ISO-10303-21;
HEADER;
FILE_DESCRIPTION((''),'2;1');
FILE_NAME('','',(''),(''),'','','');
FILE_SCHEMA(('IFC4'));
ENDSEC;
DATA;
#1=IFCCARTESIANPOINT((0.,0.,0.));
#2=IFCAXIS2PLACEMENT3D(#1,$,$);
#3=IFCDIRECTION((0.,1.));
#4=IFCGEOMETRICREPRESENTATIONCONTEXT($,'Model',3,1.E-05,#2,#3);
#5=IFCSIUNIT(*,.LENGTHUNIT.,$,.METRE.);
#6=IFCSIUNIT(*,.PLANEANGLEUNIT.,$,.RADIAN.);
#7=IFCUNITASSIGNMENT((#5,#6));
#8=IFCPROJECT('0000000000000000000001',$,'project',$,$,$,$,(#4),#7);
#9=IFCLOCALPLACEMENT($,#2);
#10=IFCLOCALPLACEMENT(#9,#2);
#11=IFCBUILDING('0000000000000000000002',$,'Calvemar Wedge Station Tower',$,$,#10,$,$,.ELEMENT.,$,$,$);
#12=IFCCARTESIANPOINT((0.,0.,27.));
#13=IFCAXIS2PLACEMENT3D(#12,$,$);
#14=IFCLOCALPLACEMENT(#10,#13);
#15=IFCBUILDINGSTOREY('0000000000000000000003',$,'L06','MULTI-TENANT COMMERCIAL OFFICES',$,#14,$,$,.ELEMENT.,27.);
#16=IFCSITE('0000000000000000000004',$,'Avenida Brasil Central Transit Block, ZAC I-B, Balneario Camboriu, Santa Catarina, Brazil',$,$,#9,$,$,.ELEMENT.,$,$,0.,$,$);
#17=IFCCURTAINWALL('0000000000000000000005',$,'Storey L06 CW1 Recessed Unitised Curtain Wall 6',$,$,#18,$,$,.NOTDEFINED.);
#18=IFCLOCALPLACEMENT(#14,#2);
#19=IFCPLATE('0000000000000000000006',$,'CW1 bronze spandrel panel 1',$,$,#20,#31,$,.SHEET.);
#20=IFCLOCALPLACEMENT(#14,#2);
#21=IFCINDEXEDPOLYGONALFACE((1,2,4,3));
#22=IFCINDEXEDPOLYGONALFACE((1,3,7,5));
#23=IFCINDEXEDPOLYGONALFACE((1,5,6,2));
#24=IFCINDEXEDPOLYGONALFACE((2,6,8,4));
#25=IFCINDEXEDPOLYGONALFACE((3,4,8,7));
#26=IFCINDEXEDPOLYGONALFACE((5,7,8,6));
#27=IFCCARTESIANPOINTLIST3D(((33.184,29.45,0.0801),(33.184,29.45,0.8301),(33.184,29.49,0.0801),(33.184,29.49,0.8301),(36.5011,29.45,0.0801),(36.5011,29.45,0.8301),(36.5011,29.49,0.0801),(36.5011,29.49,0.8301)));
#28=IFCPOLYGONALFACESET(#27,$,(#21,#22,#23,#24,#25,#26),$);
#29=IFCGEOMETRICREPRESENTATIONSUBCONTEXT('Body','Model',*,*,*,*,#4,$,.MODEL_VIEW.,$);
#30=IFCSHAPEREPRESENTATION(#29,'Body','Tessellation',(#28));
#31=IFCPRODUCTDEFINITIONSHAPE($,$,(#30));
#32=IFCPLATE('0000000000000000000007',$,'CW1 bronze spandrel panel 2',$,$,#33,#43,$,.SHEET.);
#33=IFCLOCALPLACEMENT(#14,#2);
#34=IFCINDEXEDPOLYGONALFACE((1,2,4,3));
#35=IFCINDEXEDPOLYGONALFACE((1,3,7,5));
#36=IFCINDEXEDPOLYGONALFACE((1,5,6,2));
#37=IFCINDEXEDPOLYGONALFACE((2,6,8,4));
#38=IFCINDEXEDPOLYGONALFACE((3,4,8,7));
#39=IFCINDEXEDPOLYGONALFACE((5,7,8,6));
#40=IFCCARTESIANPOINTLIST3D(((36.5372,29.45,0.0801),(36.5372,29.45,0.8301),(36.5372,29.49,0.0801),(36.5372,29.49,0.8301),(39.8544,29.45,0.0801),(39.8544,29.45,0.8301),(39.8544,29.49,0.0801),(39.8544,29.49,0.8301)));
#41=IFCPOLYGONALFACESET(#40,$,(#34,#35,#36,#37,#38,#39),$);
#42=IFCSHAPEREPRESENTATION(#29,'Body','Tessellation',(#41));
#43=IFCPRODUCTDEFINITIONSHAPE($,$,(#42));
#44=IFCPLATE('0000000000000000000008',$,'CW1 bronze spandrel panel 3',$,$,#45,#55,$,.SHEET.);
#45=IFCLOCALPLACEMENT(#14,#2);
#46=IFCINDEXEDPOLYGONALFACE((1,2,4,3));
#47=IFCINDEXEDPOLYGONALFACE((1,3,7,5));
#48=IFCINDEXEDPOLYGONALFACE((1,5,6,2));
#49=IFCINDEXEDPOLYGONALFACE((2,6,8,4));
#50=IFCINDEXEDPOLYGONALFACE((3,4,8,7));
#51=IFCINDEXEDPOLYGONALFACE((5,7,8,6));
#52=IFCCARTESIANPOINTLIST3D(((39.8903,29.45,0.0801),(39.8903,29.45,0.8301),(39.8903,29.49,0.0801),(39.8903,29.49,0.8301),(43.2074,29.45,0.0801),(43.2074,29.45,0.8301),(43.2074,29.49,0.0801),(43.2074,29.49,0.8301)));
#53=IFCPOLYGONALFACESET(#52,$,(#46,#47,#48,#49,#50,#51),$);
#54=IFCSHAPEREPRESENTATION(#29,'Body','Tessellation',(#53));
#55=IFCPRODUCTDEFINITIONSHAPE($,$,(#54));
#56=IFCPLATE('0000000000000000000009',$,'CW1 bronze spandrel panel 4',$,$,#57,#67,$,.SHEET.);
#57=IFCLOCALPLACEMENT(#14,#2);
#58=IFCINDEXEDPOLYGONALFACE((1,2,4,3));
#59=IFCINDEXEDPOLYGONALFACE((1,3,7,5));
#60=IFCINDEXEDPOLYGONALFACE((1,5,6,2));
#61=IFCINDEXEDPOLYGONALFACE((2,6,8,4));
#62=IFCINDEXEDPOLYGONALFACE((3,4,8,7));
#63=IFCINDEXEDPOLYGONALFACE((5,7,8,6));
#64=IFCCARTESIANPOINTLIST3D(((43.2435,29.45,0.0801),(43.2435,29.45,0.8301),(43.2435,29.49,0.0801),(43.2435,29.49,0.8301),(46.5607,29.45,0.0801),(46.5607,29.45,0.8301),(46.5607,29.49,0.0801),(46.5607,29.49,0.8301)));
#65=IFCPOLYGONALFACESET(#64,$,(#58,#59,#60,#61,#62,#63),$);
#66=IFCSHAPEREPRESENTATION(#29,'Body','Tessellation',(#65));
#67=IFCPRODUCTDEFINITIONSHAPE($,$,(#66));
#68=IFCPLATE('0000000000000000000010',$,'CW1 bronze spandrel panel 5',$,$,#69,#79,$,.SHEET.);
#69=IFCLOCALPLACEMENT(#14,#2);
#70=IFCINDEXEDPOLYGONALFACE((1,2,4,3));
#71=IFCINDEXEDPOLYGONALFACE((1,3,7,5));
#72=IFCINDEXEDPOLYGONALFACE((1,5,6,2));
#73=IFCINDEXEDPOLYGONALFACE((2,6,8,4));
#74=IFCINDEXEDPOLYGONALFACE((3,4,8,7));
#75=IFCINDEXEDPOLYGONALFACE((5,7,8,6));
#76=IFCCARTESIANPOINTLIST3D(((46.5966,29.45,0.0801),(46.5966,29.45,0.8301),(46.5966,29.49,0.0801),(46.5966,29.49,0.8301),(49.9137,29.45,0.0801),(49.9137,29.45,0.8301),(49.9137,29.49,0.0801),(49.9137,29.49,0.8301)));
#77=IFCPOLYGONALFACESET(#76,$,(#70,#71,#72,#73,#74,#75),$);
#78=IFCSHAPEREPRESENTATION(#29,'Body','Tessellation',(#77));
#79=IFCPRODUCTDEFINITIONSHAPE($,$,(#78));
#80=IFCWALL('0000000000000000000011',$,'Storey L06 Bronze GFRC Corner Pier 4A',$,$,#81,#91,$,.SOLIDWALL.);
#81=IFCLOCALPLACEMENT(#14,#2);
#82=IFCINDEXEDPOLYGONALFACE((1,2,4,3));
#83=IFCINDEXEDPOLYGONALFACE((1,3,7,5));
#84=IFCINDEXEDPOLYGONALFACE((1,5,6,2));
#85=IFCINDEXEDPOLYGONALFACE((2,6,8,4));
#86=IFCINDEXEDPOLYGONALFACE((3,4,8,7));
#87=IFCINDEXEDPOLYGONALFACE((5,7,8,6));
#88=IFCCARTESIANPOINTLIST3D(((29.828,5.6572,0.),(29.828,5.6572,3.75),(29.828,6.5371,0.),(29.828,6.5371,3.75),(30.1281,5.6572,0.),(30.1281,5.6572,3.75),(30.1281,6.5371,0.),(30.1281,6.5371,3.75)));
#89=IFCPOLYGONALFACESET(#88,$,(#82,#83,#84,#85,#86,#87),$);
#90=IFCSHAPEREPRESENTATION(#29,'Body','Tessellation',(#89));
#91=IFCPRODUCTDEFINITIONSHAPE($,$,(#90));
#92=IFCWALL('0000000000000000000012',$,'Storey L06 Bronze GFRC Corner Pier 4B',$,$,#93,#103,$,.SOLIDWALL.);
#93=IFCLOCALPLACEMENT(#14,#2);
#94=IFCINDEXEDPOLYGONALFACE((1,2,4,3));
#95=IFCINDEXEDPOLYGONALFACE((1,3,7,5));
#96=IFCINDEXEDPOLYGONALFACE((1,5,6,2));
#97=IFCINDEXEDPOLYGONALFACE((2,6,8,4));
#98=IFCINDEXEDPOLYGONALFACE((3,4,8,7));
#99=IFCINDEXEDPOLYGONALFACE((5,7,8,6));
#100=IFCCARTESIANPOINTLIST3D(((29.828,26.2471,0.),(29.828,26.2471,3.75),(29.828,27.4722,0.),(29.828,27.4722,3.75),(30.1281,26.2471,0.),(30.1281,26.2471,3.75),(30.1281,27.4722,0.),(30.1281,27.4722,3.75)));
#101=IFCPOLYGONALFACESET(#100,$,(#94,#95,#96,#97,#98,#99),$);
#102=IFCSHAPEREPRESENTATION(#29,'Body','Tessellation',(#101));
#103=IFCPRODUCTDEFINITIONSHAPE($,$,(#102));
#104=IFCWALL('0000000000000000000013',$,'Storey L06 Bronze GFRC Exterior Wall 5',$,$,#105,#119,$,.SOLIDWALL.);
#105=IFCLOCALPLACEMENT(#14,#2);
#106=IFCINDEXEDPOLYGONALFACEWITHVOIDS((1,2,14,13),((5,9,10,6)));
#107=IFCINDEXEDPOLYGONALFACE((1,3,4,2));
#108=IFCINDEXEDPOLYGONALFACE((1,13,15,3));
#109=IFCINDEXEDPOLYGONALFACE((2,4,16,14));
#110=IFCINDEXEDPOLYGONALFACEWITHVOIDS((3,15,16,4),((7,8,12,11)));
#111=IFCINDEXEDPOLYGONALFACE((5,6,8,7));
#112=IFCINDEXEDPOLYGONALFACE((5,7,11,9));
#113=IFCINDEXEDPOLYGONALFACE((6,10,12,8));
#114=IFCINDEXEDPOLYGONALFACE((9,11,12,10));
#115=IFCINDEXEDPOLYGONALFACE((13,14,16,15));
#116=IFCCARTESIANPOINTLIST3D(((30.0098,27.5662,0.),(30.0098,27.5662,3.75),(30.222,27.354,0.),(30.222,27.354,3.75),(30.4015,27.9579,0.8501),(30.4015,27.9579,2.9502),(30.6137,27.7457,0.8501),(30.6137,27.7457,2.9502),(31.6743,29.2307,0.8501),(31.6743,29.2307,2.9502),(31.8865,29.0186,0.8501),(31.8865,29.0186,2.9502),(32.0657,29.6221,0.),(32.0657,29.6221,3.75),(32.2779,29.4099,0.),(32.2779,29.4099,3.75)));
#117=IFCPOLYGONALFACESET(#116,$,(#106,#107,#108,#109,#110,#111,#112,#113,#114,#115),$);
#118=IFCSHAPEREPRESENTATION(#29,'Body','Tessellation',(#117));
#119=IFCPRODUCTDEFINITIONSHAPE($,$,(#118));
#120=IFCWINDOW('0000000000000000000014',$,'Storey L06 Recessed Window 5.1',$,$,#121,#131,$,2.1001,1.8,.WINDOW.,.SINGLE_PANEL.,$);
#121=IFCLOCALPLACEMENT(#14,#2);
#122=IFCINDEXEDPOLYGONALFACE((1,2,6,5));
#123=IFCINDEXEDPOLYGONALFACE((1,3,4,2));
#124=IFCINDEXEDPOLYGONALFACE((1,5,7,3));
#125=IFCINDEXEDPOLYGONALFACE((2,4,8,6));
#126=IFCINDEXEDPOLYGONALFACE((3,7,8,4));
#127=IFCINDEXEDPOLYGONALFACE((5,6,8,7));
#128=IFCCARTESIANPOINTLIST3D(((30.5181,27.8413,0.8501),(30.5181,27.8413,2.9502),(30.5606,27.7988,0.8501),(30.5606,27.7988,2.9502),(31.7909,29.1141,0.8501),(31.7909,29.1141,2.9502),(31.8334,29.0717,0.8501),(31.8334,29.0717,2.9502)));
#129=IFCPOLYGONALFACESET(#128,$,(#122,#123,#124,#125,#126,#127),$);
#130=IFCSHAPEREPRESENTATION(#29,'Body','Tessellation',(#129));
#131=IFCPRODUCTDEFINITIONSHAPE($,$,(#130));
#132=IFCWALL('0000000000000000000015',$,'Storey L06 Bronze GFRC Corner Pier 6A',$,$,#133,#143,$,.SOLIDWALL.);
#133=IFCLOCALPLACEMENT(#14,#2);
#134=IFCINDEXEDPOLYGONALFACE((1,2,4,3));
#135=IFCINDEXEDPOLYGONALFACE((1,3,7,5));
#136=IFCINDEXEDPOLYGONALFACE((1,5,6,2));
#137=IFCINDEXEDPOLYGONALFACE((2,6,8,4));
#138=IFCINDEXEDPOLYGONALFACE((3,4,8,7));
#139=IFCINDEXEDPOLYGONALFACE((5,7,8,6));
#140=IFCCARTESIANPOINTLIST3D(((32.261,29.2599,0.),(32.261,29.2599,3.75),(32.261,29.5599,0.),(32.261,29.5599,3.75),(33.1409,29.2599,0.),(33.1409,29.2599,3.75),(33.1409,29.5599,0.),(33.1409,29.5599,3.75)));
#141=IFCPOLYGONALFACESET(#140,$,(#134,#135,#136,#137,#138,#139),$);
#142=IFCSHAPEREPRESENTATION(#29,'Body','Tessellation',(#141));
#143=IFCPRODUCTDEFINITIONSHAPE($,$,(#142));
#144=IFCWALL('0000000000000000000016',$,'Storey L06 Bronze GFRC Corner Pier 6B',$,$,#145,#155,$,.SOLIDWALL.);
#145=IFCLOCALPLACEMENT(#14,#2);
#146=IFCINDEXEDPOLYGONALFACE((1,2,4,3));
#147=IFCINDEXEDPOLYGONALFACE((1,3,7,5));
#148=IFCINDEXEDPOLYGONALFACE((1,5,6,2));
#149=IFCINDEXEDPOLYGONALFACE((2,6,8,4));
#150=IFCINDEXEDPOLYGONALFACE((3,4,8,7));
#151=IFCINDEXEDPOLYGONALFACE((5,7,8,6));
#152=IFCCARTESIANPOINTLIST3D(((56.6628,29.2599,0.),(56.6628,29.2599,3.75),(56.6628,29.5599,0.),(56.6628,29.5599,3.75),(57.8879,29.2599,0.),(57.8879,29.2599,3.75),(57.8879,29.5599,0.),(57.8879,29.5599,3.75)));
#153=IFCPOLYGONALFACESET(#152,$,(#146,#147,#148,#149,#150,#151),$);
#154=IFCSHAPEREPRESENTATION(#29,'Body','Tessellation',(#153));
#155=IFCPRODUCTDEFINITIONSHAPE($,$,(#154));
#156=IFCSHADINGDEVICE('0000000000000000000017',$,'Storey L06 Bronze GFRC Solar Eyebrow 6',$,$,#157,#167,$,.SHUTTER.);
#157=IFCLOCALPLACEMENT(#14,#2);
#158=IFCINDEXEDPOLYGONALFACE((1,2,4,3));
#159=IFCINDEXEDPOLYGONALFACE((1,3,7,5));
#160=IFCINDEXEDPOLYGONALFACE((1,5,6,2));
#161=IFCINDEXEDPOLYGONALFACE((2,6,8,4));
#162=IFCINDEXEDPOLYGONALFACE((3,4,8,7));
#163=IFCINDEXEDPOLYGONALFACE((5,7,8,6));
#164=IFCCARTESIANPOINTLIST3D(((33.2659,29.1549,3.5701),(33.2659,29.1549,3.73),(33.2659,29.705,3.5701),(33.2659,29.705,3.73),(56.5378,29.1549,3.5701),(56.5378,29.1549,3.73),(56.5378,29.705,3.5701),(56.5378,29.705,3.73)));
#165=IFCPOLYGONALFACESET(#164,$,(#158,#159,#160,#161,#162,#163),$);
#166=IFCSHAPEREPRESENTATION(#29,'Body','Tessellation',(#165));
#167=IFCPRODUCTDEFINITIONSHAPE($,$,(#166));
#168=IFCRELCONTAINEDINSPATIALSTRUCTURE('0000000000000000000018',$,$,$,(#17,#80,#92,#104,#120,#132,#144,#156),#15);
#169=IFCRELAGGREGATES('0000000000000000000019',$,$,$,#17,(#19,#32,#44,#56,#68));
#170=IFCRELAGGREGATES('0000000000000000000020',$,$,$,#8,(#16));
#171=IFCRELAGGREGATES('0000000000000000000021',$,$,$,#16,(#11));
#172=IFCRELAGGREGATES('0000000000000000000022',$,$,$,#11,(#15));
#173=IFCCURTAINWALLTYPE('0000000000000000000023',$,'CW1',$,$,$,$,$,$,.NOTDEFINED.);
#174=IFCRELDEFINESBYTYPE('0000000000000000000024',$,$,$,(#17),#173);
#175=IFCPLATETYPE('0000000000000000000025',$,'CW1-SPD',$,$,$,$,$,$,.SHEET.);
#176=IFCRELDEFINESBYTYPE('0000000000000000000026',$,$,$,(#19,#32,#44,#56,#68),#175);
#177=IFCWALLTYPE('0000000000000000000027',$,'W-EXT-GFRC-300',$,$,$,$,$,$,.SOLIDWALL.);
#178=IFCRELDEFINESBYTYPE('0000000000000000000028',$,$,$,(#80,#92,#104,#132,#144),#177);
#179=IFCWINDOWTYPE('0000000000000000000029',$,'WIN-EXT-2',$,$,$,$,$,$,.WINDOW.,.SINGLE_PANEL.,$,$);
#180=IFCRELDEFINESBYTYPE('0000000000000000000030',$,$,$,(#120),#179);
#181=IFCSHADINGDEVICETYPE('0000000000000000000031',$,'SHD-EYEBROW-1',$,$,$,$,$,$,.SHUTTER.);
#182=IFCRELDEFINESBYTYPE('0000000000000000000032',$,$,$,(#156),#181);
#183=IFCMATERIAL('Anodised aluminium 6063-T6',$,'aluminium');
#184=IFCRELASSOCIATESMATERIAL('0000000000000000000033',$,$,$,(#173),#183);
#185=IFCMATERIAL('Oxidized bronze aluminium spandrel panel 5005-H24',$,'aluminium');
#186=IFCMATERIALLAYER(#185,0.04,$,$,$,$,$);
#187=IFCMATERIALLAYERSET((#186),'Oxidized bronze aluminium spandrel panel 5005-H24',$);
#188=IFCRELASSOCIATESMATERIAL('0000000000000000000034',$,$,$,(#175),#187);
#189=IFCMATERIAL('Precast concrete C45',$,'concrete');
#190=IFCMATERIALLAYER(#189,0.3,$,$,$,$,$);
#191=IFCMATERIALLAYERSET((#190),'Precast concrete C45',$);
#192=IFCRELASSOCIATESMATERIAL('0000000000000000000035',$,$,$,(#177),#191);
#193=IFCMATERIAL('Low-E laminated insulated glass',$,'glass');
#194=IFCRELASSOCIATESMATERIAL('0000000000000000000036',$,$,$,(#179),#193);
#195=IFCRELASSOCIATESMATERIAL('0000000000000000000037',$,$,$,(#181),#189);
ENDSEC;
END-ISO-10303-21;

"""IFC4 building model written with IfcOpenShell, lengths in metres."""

from ifc_helpers import new_model, si_unit, direction, frame, frame_2d, origin, place, context, subcontext, project, spatial, rectangle, extrude, source, transform, mapped, material, layer, layer_set, type_object, element, fill, aggregate, save


model = new_model("IFC4")

# Units and contexts
model_context = context("Model", 3, precision=1e-05, world=origin(), true_north=direction((0.0, 1.0)))
body_context = subcontext(model_context, "Body", "Model", "MODEL_VIEW")
ifc_project = project(units=[si_unit("LENGTHUNIT", "METRE"), si_unit("PLANEANGLEUNIT", "RADIAN")], contexts=[model_context])

# Site, building, storey
site_placement = place(None, origin())
site = spatial("IfcSite", under=ifc_project, at=site_placement, Name="Avenida Brasil Central Transit Block, ZAC I-B, Balneario Camboriu, Santa Catarina, Brazil", CompositionType="ELEMENT", RefElevation=0.0)
building_placement = place(site_placement, origin())
building = spatial("IfcBuilding", under=site, at=building_placement, Name="Calvemar Wedge Station Tower", CompositionType="ELEMENT")
storey_placement = place(building_placement, frame((0.0, 0.0, 27.0)))
storey = spatial("IfcBuildingStorey", under=building, at=storey_placement, Name="L06", Description="MULTI-TENANT COMMERCIAL OFFICES", CompositionType="ELEMENT", Elevation=27.0)

# Curtain wall, plates
ifc_material_1 = material(Name="Anodised aluminium 6063-T6", Category="aluminium")
curtain_wall_type = type_object("IfcCurtainWallType", Name="CW1", PredefinedType="NOTDEFINED", material=ifc_material_1)
curtain_wall_placement = place(storey_placement, origin())
curtain_wall = element("IfcCurtainWall", 1, at=curtain_wall_placement, inside=storey, type_object=curtain_wall_type, Name="Storey L06 CW1 Recessed Unitised Curtain Wall 6", PredefinedType="NOTDEFINED")
ifc_material_2 = material(Name="Low-E laminated insulated glass", Category="glass")
ifc_material_3 = material(Name="Oxidized bronze aluminium spandrel panel 5005-H24", Category="aluminium")
ifc_layer_1 = layer(ifc_material_3, 0.04)
ifc_layer_set_1 = layer_set([ifc_layer_1], Name="Oxidized bronze aluminium spandrel panel 5005-H24")
plate_type_1 = type_object("IfcPlateType", Name="CW1-SPD", PredefinedType="SHEET", material=ifc_layer_set_1)
plate_1_placement = place(storey_placement, frame((33.1838, 29.47, 0.0801), z_axis=(0.0, 0.0, 1.0), x_axis=(1.0, 0.0, 0.0)))
plate_1 = element("IfcPlate", 2, at=plate_1_placement, type_object=plate_type_1, Name="CW1 bronze spandrel panel 1", PredefinedType="SHEET", context=body_context, shape_type="SweptSolid", body=[
    extrude(rectangle(XDim=3.3171, YDim=0.04, at=frame_2d((1.6587, 0.0))), origin(), (0.0, 0.0, 1.0), 0.75),
])
plate_2_placement = place(storey_placement, frame((36.5371, 29.47, 0.0801), z_axis=(0.0, 0.0, 1.0), x_axis=(1.0, 0.0, 0.0)))
plate_2 = element("IfcPlate", 3, at=plate_2_placement, type_object=plate_type_1, Name="CW1 bronze spandrel panel 2", PredefinedType="SHEET", context=body_context, shape_type="SweptSolid", body=[
    extrude(rectangle(XDim=3.3171, YDim=0.04, at=frame_2d((1.6587, 0.0))), origin(), (0.0, 0.0, 1.0), 0.75),
])
plate_3_placement = place(storey_placement, frame((39.8901, 29.47, 0.0801), z_axis=(0.0, 0.0, 1.0), x_axis=(1.0, 0.0, 0.0)))
plate_3 = element("IfcPlate", 4, at=plate_3_placement, type_object=plate_type_1, Name="CW1 bronze spandrel panel 3", PredefinedType="SHEET", context=body_context, shape_type="SweptSolid", body=[
    extrude(rectangle(XDim=3.3171, YDim=0.04, at=frame_2d((1.6587, 0.0))), origin(), (0.0, 0.0, 1.0), 0.75),
])
plate_4_placement = place(storey_placement, frame((43.2434, 29.47, 0.0801), z_axis=(0.0, 0.0, 1.0), x_axis=(1.0, 0.0, 0.0)))
plate_4 = element("IfcPlate", 5, at=plate_4_placement, type_object=plate_type_1, Name="CW1 bronze spandrel panel 4", PredefinedType="SHEET", context=body_context, shape_type="SweptSolid", body=[
    extrude(rectangle(XDim=3.3171, YDim=0.04, at=frame_2d((1.6587, 0.0))), origin(), (0.0, 0.0, 1.0), 0.75),
])
plate_5_placement = place(storey_placement, frame((46.5964, 29.47, 0.0801), z_axis=(0.0, 0.0, 1.0), x_axis=(1.0, 0.0, 0.0)))
plate_5 = element("IfcPlate", 6, at=plate_5_placement, type_object=plate_type_1, Name="CW1 bronze spandrel panel 5", PredefinedType="SHEET", context=body_context, shape_type="SweptSolid", body=[
    extrude(rectangle(XDim=3.3171, YDim=0.04, at=frame_2d((1.6587, 0.0))), origin(), (0.0, 0.0, 1.0), 0.75),
])
aggregate(curtain_wall, [plate_1, plate_2, plate_3, plate_4, plate_5])

# Walls
ifc_material_4 = material(Name="Precast concrete C45", Category="concrete")
ifc_layer_2 = layer(ifc_material_4, 0.3)
ifc_layer_set_2 = layer_set([ifc_layer_2], Name="Precast concrete C45")
wall_type = type_object("IfcWallType", Name="W-EXT-GFRC-300", PredefinedType="SOLIDWALL", material=ifc_layer_set_2)
wall_1_placement = place(storey_placement, frame((29.978, 5.6572, 0.0), z_axis=(0.0, 0.0, 1.0), x_axis=(0.0, 1.0, 0.0)))
element("IfcWall", 7, at=wall_1_placement, inside=storey, type_object=wall_type, Name="Storey L06 Bronze GFRC Corner Pier 4A", PredefinedType="SOLIDWALL", context=body_context, shape_type="SweptSolid", body=[
    extrude(rectangle(XDim=0.8799, YDim=0.3, at=frame_2d((0.4399, 0.0))), origin(), (0.0, 0.0, 1.0), 3.75),
])
wall_2_placement = place(storey_placement, frame((29.978, 26.2471, 0.0), z_axis=(0.0, 0.0, 1.0), x_axis=(0.0, 1.0, 0.0)))
element("IfcWall", 8, at=wall_2_placement, inside=storey, type_object=wall_type, Name="Storey L06 Bronze GFRC Corner Pier 4B", PredefinedType="SOLIDWALL", context=body_context, shape_type="SweptSolid", body=[
    extrude(rectangle(XDim=1.2251, YDim=0.3, at=frame_2d((0.6125, 0.0))), origin(), (0.0, 0.0, 1.0), 3.75),
])

# Wall, opening, window
wall_3_placement = place(storey_placement, frame((30.116, 27.4602, 0.0), z_axis=(0.0, 0.0, 1.0), x_axis=(0.707107, 0.707107, 0.0)))
wall_3 = element("IfcWall", 9, at=wall_3_placement, inside=storey, type_object=wall_type, Name="Storey L06 Bronze GFRC Exterior Wall 5", PredefinedType="SOLIDWALL", context=body_context, shape_type="SweptSolid", body=[
    extrude(rectangle(XDim=2.9075, YDim=0.3, at=frame_2d((1.4536, 0.0))), origin(), (0.0, 0.0, 1.0), 3.75),
])
shared_shape_1 = source(origin(), body_context, "Body", "SweptSolid", [
    extrude(rectangle(XDim=1.8, YDim=2.1001, at=frame_2d((0.8999, 1.05))), frame((0.0, 0.1602, 0.0), z_axis=(0.0, -1.0, 0.0), x_axis=(1.0, 0.0, 0.0)), (0.0, 0.0, 1.0), 0.3201),
])
opening_placement = place(wall_3_placement, frame((0.554, 0.0, 0.8501)))
opening = element("IfcOpeningElement", 10, at=opening_placement, cuts=wall_3, PredefinedType="OPENING", context=body_context, shape_type="MappedRepresentation", body=[
    mapped(shared_shape_1, transform((0.0, 0.0, 0.0), scale=1.0)),
])
window_type = type_object("IfcWindowType", Name="WIN-EXT-2", PartitioningType="SINGLE_PANEL", PredefinedType="WINDOW", material=ifc_material_2)
shared_shape_2 = source(origin(), body_context, "Body", "SweptSolid", [
    extrude(rectangle(XDim=1.8, YDim=2.1001, at=frame_2d((0.8999, 1.05))), frame((0.0, -0.0149, 0.0), z_axis=(0.0, -1.0, 0.0), x_axis=(1.0, 0.0, 0.0)), (0.0, 0.0, 1.0), 0.0601),
])
window_placement = place(opening_placement, origin())
window = element("IfcWindow", 11, at=window_placement, inside=storey, type_object=window_type, Name="Storey L06 Recessed Window 5.1", OverallHeight=2.1001, OverallWidth=1.8, PartitioningType="SINGLE_PANEL", PredefinedType="WINDOW", context=body_context, shape_type="MappedRepresentation", body=[
    mapped(shared_shape_2, transform((0.0, 0.0, 0.0), scale=1.0)),
])
fill(opening, window)

# Walls
wall_4_placement = place(storey_placement, frame((32.261, 29.4099, 0.0), z_axis=(0.0, 0.0, 1.0), x_axis=(1.0, 0.0, 0.0)))
element("IfcWall", 12, at=wall_4_placement, inside=storey, type_object=wall_type, Name="Storey L06 Bronze GFRC Corner Pier 6A", PredefinedType="SOLIDWALL", context=body_context, shape_type="SweptSolid", body=[
    extrude(rectangle(XDim=0.8799, YDim=0.3, at=frame_2d((0.4399, 0.0))), origin(), (0.0, 0.0, 1.0), 3.75),
])
wall_5_placement = place(storey_placement, frame((56.6628, 29.4099, 0.0), z_axis=(0.0, 0.0, 1.0), x_axis=(1.0, 0.0, 0.0)))
element("IfcWall", 13, at=wall_5_placement, inside=storey, type_object=wall_type, Name="Storey L06 Bronze GFRC Corner Pier 6B", PredefinedType="SOLIDWALL", context=body_context, shape_type="SweptSolid", body=[
    extrude(rectangle(XDim=1.2251, YDim=0.3, at=frame_2d((0.6125, 0.0))), origin(), (0.0, 0.0, 1.0), 3.75),
])

# Shading device
shading_device_type = type_object("IfcShadingDeviceType", Name="SHD-EYEBROW-1", PredefinedType="SHUTTER", material=ifc_material_4)
shading_device_placement = place(storey_placement, frame((33.2659, 29.4299, 3.5701), z_axis=(0.0, 0.0, 1.0), x_axis=(1.0, 0.0, 0.0)))
element("IfcShadingDevice", 14, at=shading_device_placement, inside=storey, type_object=shading_device_type, Name="Storey L06 Bronze GFRC Solar Eyebrow 6", PredefinedType="SHUTTER", context=body_context, shape_type="SweptSolid", body=[
    extrude(rectangle(XDim=23.272, YDim=0.55, at=frame_2d((11.636, 0.0))), origin(), (0.0, 0.0, 1.0), 0.1599),
])

save(model, "model.ifc")
